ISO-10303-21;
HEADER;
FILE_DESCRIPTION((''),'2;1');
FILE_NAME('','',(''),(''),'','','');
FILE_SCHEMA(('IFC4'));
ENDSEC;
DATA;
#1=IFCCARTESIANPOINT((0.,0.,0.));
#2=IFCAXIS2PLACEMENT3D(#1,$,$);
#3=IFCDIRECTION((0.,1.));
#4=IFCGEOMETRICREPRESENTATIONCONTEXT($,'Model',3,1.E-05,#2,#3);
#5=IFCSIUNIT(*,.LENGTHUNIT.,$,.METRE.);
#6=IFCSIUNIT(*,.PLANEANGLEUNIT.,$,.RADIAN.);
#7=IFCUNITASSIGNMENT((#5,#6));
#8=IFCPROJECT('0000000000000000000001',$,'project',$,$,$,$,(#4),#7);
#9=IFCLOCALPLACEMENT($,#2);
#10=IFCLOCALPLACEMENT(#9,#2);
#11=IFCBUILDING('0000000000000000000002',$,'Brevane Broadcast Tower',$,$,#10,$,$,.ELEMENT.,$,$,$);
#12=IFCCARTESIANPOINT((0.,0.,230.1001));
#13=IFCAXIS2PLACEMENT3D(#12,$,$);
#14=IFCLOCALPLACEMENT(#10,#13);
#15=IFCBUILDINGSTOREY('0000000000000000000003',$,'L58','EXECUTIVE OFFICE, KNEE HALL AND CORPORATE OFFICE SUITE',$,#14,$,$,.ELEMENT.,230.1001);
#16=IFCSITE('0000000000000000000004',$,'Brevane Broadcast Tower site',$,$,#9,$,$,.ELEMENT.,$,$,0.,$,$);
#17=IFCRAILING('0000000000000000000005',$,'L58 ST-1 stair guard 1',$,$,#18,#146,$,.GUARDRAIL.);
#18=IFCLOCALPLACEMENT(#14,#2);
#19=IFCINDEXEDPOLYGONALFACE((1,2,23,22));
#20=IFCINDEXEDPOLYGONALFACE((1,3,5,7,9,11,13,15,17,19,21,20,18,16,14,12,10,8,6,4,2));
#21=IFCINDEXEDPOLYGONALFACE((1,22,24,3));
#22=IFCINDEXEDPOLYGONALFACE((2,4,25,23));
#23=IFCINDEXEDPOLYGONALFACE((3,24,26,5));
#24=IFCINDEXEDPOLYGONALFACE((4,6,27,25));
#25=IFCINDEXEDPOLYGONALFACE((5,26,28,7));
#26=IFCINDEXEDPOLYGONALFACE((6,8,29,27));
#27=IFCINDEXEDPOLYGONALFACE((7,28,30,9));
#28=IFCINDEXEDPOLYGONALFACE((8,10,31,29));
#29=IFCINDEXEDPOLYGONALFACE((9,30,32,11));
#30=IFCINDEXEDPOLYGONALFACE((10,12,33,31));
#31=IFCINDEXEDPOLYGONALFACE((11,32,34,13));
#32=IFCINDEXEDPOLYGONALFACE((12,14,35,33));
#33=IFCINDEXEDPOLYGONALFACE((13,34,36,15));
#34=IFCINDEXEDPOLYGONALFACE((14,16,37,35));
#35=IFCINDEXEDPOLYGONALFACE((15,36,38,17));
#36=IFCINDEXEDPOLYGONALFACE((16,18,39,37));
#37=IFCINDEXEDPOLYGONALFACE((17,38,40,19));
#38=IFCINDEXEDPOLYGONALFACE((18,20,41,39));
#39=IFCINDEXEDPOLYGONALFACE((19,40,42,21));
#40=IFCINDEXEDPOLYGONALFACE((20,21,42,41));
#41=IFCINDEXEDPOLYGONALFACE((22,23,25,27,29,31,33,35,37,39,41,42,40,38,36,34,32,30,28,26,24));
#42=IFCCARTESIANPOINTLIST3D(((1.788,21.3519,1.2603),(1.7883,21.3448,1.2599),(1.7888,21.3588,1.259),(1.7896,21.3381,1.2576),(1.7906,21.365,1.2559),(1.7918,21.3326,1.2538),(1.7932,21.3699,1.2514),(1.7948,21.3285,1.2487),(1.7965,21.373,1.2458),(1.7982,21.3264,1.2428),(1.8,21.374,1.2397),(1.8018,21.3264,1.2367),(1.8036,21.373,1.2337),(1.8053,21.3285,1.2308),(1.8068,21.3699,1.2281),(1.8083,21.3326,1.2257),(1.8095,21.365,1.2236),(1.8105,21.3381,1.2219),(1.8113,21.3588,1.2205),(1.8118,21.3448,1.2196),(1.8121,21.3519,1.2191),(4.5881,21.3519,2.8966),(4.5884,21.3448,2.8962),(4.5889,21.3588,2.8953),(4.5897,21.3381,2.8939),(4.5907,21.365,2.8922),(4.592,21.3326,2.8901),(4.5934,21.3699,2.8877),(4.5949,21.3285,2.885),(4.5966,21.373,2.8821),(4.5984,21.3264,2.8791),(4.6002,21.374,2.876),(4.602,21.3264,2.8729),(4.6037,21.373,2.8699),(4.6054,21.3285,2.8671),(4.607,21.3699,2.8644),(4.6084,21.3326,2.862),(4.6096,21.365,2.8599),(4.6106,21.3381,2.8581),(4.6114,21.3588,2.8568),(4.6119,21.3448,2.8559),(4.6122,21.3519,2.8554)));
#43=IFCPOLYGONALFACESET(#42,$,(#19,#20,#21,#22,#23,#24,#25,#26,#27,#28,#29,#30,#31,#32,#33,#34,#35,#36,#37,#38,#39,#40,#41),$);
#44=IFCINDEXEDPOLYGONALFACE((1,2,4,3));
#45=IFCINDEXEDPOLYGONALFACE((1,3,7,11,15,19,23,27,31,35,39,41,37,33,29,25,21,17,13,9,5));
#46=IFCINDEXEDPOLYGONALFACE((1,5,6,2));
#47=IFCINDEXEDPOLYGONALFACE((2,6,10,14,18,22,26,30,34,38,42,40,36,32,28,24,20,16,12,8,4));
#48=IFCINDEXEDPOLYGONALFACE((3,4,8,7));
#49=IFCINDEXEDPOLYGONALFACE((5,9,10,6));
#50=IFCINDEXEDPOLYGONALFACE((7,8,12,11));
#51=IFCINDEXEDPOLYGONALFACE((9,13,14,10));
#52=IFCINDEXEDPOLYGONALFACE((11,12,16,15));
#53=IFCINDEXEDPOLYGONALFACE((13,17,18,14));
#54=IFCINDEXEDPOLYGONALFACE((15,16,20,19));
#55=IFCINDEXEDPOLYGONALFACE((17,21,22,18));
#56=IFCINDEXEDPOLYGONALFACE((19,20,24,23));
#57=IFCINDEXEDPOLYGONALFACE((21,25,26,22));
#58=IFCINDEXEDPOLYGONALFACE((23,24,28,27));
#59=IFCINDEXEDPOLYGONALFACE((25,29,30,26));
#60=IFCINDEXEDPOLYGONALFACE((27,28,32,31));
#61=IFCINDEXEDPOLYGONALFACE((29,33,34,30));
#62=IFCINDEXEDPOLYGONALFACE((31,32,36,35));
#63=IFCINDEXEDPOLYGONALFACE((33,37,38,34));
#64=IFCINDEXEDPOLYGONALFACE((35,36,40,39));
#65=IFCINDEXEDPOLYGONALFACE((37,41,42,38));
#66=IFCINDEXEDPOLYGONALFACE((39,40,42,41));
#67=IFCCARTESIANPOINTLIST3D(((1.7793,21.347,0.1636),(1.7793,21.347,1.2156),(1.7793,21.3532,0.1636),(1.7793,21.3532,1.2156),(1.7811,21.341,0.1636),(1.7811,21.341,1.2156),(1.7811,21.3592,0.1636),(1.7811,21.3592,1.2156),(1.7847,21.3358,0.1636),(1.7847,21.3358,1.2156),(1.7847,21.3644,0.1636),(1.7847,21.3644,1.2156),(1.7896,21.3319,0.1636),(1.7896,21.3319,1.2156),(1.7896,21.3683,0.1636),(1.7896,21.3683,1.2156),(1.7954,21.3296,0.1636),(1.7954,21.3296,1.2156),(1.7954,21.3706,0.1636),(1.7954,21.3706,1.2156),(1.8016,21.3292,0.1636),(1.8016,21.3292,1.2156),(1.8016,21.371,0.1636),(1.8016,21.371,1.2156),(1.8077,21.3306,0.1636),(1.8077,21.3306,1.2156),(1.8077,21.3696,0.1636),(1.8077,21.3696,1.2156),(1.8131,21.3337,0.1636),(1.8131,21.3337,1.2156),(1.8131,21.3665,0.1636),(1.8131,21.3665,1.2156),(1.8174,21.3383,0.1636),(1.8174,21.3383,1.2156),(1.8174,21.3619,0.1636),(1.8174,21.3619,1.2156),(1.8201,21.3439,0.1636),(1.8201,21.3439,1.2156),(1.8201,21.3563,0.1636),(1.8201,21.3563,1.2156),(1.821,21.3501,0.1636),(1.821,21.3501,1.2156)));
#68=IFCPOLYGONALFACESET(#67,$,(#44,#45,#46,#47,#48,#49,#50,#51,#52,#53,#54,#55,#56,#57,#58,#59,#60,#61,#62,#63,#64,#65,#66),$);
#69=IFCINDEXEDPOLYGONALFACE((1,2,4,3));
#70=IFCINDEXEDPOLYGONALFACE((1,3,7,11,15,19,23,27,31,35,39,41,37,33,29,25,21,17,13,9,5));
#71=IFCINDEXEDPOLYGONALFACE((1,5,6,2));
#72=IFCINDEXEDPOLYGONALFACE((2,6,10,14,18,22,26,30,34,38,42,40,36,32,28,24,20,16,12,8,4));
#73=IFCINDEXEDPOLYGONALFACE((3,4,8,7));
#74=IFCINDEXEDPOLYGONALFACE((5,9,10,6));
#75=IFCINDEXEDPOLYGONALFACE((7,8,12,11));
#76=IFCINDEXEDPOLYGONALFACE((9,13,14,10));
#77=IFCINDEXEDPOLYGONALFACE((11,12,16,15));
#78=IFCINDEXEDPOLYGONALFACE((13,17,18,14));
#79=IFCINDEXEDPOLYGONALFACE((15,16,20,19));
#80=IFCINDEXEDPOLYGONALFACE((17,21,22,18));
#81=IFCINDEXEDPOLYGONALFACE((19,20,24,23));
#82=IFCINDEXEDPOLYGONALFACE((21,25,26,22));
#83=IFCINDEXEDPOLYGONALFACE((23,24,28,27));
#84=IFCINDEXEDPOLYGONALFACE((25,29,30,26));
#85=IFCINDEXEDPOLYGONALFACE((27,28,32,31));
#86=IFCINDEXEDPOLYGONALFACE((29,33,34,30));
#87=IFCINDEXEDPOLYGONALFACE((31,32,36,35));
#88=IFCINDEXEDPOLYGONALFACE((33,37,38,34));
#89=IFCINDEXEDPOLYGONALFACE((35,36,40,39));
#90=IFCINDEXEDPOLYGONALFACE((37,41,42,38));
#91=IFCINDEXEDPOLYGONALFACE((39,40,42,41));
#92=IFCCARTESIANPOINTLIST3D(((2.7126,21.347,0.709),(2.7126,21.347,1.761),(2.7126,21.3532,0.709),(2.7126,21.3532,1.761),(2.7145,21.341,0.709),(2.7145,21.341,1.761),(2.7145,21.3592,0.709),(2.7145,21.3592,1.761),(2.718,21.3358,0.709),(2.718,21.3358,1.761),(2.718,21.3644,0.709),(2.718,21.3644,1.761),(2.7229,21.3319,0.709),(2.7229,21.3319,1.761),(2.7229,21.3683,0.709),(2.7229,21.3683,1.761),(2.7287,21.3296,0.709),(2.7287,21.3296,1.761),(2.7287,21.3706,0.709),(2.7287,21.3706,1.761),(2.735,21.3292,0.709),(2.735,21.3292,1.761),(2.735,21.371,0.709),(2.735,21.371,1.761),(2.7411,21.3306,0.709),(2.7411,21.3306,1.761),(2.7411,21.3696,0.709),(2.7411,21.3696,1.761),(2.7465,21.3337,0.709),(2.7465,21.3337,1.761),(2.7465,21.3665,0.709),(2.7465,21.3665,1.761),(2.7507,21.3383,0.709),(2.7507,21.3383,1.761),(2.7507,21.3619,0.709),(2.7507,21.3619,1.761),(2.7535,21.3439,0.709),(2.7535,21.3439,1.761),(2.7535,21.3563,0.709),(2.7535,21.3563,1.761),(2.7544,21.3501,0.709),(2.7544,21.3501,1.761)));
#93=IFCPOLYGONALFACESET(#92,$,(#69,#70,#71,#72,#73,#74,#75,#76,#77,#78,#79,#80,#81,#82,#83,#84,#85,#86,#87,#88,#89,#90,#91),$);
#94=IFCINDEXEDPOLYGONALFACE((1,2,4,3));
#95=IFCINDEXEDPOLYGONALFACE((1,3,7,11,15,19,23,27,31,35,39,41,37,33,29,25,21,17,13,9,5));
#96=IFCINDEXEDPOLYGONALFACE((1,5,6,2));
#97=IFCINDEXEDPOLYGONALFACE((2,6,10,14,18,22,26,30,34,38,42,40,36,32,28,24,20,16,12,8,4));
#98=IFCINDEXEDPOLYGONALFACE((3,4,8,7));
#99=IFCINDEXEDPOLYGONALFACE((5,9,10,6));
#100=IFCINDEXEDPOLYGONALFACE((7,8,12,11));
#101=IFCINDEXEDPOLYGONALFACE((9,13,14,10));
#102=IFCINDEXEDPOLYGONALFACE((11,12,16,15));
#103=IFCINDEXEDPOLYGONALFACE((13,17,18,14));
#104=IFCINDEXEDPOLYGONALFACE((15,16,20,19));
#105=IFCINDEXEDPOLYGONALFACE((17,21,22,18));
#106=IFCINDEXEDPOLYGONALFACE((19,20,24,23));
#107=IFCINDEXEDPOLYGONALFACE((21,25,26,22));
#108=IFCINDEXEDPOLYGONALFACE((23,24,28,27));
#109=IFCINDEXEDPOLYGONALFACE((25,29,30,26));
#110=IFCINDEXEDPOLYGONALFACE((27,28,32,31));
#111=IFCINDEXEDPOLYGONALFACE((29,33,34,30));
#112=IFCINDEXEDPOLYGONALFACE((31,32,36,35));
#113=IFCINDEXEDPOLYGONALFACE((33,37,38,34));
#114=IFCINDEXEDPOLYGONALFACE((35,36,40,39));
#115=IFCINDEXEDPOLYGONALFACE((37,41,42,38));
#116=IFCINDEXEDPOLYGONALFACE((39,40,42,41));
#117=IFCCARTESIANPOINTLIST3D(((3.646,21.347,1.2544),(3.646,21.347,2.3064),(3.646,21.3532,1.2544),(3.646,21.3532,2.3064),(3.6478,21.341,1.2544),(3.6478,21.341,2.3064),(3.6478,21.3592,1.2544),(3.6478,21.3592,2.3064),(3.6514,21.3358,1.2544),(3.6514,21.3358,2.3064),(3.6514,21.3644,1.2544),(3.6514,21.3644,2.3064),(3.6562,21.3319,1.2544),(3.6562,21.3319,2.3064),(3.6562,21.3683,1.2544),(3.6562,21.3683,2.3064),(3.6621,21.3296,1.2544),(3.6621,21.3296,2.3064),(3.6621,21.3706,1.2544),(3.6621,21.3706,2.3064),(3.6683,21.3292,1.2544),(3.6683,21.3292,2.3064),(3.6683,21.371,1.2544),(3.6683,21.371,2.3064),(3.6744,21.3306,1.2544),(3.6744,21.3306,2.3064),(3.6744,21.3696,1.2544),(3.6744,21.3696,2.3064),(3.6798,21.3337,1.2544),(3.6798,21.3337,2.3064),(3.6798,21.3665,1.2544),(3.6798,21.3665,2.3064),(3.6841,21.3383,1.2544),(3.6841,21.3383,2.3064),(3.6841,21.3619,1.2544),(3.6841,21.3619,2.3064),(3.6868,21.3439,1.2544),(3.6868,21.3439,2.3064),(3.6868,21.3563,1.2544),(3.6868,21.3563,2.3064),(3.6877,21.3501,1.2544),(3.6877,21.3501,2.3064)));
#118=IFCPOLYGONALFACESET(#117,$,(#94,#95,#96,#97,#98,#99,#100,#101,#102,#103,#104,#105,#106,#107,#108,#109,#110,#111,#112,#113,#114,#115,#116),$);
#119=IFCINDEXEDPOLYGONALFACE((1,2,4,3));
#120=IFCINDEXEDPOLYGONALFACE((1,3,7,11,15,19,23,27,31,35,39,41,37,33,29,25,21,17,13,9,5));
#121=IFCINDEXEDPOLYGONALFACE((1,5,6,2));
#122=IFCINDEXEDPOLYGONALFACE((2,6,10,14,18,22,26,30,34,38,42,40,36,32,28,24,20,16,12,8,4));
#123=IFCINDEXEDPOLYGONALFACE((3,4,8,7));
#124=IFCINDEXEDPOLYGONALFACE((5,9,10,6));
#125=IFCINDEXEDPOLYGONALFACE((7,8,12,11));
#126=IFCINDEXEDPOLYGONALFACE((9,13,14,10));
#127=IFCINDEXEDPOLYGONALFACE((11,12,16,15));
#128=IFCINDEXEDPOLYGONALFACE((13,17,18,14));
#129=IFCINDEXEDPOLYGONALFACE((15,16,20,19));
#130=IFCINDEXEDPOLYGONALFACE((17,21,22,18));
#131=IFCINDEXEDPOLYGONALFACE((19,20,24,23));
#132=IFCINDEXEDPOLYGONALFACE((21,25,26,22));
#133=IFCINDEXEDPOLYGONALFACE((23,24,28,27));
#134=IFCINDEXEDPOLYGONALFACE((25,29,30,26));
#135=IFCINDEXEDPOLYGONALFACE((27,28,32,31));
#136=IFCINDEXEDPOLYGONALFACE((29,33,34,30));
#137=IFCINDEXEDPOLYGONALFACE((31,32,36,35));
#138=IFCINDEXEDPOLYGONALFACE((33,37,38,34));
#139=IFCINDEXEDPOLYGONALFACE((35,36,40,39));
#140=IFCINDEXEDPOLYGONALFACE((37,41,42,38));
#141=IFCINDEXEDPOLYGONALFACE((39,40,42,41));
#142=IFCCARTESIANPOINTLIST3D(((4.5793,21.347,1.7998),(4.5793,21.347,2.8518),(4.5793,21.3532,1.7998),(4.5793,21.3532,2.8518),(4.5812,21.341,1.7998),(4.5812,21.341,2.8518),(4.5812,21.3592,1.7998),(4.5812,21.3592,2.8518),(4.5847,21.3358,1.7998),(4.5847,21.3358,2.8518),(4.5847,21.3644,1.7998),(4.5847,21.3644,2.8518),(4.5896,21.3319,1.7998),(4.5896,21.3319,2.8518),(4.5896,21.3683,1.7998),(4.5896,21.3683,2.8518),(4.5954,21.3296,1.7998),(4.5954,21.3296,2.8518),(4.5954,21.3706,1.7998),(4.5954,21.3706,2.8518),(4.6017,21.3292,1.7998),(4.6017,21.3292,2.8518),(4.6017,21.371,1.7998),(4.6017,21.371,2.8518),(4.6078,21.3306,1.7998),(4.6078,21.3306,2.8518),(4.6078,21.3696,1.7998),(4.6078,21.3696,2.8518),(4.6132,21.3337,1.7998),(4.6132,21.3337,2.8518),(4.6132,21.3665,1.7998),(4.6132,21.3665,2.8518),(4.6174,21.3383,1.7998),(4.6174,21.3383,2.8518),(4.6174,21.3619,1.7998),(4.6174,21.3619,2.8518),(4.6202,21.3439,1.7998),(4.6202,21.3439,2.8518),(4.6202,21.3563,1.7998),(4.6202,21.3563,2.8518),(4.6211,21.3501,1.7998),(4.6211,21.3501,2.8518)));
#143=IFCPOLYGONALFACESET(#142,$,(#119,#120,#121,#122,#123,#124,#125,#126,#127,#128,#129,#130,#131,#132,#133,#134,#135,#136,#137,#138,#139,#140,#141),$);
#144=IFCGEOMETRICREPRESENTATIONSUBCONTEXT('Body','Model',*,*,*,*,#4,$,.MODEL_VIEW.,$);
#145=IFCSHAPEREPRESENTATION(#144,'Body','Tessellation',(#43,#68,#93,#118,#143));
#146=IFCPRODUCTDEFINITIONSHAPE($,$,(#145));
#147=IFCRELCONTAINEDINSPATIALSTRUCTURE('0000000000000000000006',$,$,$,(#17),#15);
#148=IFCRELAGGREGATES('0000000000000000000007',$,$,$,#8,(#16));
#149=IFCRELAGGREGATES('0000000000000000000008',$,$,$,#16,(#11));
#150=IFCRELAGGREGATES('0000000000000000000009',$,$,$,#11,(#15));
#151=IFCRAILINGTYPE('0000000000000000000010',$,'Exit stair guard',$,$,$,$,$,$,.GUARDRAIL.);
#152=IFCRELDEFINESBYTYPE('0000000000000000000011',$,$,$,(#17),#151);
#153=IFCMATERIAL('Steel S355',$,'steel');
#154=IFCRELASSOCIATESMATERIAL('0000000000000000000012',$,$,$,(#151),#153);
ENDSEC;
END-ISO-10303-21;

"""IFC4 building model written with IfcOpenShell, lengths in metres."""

from ifc_helpers import new_model, si_unit, direction, frame, origin, origin_2d, place, context, subcontext, project, spatial, circle, extrude, material, type_object, element, save


model = new_model("IFC4")

# Units and contexts
model_context = context("Model", 3, precision=1e-05, world=origin(), true_north=direction((0.0, 1.0)))
body_context = subcontext(model_context, "Body", "Model", "MODEL_VIEW")
ifc_project = project(units=[si_unit("LENGTHUNIT", "METRE"), si_unit("PLANEANGLEUNIT", "RADIAN")], contexts=[model_context])

# Site, building, storey
site_placement = place(None, origin())
site = spatial("IfcSite", under=ifc_project, at=site_placement, Name="Brevane Broadcast Tower site", CompositionType="ELEMENT", RefElevation=0.0)
building_placement = place(site_placement, origin())
building = spatial("IfcBuilding", under=site, at=building_placement, Name="Brevane Broadcast Tower", CompositionType="ELEMENT")
storey_placement = place(building_placement, frame((0.0, 0.0, 230.1001)))
storey = spatial("IfcBuildingStorey", under=building, at=storey_placement, Name="L58", Description="EXECUTIVE OFFICE, KNEE HALL AND CORPORATE OFFICE SUITE", CompositionType="ELEMENT", Elevation=230.1001)

# Railing
ifc_material_1 = material(Name="Steel S355", Category="steel")
railing_type_1 = type_object("IfcRailingType", Name="Exit stair guard", PredefinedType="GUARDRAIL", material=ifc_material_1)
railing_1_placement = place(storey_placement, frame((1.8, 21.3501, 0.1636)))
element("IfcRailing", 1, at=railing_1_placement, inside=storey, type_object=railing_type_1, Name="L58 ST-1 stair guard 1", PredefinedType="GUARDRAIL", context=body_context, shape_type="SweptSolid", body=[
    extrude(circle(Radius=0.0239, at=origin_2d()), frame((0.0, 0.0, 1.0762), z_axis=(0.863394, 0.0, 0.504531), x_axis=(0.0, 1.0, 0.0)), (0.0, 0.0, 1.0), 3.2432),
    extrude(circle(Radius=0.021, at=origin_2d()), origin(), (0.0, 0.0, 1.0), 1.052),
    extrude(circle(Radius=0.021, at=origin_2d()), frame((0.9333, 0.0, 0.5454)), (0.0, 0.0, 1.0), 1.052),
    extrude(circle(Radius=0.021, at=origin_2d()), frame((1.8667, 0.0, 1.0908)), (0.0, 0.0, 1.0), 1.052),
    extrude(circle(Radius=0.021, at=origin_2d()), frame((2.8, 0.0, 1.6362)), (0.0, 0.0, 1.0), 1.052),
])

save(model, "model.ifc")
